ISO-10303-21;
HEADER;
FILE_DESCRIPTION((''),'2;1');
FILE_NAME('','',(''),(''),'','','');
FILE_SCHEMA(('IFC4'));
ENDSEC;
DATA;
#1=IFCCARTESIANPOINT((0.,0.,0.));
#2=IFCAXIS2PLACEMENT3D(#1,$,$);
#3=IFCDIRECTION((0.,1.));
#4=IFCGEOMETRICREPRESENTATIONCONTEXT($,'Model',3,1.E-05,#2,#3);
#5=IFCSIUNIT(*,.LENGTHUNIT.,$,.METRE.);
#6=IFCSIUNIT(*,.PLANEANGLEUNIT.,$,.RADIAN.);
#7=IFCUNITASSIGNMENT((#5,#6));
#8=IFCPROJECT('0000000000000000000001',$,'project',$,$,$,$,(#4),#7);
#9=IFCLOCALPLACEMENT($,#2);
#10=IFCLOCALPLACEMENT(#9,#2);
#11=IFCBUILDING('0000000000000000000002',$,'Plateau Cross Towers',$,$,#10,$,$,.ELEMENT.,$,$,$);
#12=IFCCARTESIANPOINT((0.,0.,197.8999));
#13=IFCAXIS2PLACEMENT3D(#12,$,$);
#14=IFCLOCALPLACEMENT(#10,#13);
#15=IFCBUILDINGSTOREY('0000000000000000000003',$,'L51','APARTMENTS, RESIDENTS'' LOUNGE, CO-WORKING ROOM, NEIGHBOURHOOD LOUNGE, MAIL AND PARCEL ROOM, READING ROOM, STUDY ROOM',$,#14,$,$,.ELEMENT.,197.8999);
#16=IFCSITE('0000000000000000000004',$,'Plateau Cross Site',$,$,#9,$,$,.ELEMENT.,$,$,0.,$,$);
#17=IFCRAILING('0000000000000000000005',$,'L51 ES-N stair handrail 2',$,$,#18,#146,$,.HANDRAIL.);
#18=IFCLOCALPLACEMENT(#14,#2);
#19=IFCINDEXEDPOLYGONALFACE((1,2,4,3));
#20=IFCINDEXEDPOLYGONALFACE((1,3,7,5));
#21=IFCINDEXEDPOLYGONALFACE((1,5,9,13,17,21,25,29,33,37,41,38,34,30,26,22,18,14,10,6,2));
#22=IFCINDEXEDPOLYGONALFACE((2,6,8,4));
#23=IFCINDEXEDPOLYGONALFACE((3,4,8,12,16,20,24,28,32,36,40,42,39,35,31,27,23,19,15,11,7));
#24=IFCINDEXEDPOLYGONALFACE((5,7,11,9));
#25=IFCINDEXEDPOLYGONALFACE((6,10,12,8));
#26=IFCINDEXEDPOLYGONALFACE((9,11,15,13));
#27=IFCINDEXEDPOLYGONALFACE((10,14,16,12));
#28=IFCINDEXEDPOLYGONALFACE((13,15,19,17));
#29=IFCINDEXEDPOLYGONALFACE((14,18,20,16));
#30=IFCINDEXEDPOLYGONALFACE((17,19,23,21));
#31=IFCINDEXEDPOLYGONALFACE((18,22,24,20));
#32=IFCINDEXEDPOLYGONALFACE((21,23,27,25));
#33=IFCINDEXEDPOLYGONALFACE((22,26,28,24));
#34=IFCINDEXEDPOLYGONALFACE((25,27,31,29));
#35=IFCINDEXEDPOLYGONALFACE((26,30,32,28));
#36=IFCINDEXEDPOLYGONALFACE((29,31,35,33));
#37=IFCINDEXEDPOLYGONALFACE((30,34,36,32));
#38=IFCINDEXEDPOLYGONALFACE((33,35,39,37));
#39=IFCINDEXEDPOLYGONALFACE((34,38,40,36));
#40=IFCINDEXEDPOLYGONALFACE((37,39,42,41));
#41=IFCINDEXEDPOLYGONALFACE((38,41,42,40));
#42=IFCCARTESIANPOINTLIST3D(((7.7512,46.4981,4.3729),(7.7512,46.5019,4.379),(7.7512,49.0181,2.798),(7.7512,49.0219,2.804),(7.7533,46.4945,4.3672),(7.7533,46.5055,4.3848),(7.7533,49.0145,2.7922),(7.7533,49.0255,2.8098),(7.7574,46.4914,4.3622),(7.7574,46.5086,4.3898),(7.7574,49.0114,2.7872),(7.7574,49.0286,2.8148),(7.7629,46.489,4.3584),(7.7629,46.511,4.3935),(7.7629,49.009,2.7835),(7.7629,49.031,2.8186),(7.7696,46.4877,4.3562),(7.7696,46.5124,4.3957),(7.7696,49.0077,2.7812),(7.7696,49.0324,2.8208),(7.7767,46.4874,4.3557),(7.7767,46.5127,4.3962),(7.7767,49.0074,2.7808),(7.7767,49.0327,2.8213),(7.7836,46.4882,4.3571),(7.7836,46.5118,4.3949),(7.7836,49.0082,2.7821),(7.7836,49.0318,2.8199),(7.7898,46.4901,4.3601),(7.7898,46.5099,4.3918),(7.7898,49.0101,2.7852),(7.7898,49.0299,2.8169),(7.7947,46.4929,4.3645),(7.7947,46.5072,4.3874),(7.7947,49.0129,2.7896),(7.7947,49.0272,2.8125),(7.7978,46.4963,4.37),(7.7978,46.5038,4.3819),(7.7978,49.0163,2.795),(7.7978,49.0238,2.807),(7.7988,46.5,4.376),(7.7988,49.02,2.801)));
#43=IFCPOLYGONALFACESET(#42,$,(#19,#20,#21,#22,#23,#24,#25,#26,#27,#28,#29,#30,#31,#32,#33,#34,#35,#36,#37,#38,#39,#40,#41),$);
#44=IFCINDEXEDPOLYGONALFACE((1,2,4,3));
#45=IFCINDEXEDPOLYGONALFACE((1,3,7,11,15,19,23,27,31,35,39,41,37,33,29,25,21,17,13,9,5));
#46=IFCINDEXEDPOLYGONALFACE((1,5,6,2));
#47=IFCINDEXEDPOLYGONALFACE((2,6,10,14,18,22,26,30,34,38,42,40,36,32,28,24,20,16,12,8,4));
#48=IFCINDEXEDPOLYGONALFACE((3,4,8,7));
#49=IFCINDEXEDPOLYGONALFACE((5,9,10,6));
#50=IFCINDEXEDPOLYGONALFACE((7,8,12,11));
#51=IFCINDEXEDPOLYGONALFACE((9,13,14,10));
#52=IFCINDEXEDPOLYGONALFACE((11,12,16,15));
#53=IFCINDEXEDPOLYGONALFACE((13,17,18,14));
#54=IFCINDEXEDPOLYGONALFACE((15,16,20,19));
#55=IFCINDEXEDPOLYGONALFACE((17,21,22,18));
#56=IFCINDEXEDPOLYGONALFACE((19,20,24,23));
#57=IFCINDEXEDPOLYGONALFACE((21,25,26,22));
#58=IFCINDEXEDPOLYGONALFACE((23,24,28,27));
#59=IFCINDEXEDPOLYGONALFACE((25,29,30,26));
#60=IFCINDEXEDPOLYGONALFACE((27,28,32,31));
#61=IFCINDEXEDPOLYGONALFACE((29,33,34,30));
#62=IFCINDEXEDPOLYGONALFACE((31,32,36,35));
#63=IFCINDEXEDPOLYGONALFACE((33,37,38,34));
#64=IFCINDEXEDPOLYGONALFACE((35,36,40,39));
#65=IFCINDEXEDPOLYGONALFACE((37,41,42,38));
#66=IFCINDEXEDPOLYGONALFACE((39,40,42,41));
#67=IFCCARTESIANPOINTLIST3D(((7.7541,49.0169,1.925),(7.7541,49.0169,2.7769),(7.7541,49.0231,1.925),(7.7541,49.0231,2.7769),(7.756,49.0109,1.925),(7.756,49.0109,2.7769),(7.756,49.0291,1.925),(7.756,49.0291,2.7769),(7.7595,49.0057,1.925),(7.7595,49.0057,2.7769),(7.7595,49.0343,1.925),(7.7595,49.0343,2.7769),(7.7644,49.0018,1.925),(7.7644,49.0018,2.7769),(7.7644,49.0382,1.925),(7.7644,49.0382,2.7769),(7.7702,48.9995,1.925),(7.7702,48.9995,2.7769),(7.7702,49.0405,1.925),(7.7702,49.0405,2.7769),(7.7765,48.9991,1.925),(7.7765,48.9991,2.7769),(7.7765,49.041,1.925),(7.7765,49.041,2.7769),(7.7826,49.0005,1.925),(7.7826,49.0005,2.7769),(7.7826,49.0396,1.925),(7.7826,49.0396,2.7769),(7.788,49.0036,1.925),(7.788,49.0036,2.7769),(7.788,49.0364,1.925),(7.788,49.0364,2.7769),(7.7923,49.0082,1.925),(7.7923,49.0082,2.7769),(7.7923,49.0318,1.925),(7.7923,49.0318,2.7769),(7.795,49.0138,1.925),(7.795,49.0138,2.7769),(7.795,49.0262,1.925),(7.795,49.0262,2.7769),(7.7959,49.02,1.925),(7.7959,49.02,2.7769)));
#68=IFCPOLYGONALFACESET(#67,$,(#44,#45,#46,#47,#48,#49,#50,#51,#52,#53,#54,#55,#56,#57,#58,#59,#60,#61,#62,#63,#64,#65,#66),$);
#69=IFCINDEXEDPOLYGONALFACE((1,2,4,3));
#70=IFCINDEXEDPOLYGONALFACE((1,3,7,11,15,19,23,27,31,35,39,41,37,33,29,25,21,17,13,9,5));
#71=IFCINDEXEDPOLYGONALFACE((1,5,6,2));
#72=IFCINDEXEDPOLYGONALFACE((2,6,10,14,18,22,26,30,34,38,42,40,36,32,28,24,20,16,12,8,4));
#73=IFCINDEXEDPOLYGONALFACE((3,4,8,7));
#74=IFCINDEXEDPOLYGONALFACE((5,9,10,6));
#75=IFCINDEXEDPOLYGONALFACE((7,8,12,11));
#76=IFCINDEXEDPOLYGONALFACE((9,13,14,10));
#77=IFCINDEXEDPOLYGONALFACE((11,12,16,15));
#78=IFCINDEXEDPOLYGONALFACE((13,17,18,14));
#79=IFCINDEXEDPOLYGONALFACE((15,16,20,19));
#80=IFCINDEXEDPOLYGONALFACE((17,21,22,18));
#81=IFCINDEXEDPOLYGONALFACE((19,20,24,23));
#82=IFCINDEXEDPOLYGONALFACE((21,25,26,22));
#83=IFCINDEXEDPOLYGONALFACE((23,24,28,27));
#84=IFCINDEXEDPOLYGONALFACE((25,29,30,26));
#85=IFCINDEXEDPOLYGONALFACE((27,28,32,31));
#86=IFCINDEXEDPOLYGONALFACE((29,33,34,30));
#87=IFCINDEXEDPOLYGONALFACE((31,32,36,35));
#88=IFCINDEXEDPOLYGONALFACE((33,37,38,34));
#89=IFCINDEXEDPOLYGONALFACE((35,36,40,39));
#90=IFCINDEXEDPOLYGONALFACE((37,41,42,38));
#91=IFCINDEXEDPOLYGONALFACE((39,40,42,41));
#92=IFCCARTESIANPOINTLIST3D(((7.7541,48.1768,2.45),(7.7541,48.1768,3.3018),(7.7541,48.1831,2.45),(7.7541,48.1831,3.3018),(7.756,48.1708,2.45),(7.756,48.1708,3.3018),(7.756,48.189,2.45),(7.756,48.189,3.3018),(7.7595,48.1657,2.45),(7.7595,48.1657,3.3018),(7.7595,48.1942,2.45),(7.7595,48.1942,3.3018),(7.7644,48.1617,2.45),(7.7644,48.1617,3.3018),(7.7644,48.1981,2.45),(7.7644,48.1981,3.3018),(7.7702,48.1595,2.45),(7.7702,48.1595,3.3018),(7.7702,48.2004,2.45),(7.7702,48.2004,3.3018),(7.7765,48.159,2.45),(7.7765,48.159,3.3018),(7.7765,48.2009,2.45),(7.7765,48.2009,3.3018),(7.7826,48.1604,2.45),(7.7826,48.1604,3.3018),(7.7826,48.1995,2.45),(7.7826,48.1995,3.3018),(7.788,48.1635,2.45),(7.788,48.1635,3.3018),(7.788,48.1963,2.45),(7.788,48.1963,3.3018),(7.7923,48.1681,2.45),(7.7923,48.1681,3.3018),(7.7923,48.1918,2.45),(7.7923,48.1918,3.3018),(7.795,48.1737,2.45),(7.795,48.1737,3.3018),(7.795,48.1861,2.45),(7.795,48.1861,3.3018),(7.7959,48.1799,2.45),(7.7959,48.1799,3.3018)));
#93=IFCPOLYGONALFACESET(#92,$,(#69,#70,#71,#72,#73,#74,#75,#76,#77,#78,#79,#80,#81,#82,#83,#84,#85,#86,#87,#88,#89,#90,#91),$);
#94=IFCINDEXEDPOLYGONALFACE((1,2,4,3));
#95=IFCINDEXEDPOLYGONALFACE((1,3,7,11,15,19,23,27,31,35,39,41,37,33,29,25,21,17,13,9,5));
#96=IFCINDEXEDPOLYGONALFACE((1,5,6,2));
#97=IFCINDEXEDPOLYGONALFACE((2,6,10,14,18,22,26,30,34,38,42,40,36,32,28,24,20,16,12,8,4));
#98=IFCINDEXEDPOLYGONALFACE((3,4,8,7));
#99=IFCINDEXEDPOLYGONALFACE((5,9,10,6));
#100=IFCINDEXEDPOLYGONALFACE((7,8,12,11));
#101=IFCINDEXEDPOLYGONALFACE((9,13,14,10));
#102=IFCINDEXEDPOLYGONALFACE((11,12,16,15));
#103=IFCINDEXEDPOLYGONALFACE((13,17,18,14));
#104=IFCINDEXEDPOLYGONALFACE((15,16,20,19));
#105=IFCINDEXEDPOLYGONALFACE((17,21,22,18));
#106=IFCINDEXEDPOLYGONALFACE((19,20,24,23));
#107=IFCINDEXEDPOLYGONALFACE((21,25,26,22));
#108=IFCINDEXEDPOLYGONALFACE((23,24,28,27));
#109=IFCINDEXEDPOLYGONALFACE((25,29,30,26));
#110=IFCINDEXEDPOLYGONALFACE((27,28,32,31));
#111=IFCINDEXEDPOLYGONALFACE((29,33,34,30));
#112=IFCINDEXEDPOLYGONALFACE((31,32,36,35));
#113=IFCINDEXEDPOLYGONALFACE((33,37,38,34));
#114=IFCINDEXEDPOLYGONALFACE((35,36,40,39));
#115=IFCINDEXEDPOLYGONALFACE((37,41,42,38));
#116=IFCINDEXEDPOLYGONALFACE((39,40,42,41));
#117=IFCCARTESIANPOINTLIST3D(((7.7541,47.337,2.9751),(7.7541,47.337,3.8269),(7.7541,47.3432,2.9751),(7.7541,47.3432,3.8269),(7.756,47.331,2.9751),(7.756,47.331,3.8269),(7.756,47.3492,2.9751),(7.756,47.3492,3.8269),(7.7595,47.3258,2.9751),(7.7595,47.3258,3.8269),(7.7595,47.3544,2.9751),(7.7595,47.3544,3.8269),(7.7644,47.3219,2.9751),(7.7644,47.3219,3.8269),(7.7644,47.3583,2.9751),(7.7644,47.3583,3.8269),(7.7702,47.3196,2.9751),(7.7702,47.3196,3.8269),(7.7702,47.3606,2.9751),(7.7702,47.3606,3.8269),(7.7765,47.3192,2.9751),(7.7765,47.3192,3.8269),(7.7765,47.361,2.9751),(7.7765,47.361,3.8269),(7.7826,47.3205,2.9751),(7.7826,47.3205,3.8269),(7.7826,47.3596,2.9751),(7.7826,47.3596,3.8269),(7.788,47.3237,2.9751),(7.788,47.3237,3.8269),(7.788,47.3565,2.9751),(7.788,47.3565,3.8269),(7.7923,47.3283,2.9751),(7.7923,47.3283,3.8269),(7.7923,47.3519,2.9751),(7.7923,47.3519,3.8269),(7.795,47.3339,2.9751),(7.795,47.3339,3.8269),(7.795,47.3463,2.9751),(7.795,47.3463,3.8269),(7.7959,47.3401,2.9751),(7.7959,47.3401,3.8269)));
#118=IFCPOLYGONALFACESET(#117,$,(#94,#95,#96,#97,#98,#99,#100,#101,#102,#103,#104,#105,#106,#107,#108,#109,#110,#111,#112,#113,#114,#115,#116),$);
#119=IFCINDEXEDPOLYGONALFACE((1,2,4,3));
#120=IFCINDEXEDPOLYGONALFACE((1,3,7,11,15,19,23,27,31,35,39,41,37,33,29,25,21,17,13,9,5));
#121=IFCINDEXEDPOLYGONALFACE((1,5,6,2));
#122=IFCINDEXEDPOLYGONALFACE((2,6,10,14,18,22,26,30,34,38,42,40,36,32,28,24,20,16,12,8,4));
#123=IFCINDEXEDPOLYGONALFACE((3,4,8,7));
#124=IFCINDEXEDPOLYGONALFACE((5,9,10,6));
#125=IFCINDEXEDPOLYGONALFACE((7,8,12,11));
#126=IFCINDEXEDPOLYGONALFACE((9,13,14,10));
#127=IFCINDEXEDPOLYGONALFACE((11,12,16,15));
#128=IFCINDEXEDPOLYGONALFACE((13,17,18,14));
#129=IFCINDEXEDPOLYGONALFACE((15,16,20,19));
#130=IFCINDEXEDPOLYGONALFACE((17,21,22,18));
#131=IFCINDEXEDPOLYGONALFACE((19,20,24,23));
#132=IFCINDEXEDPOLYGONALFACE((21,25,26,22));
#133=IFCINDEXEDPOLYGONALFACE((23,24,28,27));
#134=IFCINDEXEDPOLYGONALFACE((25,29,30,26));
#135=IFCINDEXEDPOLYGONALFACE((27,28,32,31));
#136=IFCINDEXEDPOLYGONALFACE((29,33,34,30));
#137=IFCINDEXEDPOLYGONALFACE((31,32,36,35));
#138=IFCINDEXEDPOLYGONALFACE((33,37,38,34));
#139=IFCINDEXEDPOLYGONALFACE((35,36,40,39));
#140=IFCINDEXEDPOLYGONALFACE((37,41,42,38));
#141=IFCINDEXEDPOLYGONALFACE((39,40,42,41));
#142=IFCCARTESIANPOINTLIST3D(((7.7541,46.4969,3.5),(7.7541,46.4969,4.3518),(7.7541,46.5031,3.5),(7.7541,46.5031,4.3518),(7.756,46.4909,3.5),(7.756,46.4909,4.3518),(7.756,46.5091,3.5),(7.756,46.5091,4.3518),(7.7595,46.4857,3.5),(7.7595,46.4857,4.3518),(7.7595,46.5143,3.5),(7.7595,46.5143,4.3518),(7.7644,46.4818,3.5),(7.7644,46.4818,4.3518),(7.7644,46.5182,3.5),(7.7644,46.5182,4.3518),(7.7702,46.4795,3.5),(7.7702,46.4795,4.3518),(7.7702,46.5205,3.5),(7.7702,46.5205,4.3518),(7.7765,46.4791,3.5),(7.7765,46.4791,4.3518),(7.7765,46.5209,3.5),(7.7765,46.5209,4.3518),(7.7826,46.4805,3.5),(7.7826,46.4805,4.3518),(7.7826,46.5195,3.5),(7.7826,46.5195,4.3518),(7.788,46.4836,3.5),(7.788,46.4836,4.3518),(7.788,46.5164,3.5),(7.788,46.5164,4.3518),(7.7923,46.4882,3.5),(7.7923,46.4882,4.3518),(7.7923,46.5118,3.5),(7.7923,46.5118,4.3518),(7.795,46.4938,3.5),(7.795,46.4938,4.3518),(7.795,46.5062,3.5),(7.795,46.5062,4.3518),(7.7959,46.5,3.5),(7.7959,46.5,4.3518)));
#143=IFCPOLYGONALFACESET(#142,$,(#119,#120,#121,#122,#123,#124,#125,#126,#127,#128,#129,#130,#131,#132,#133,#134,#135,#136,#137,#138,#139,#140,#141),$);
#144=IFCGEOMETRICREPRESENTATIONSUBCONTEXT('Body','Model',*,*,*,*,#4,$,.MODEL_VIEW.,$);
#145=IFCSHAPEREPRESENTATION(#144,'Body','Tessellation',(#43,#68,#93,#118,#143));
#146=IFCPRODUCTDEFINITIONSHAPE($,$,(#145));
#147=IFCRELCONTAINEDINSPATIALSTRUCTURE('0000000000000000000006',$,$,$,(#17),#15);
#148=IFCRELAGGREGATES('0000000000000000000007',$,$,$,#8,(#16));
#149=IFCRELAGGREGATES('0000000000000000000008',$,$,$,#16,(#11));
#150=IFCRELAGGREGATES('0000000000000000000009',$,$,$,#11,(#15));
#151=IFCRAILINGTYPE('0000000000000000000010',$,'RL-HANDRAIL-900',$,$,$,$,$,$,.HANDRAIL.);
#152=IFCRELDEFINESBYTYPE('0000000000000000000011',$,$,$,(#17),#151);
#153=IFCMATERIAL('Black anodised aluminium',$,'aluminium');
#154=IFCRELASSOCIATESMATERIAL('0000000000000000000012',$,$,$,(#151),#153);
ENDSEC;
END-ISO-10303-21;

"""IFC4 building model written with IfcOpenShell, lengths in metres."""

from ifc_helpers import new_model, si_unit, direction, frame, origin, origin_2d, place, context, subcontext, project, spatial, circle, extrude, material, type_object, element, save


model = new_model("IFC4")

# Units and contexts
model_context = context("Model", 3, precision=1e-05, world=origin(), true_north=direction((0.0, 1.0)))
body_context = subcontext(model_context, "Body", "Model", "MODEL_VIEW")
ifc_project = project(units=[si_unit("LENGTHUNIT", "METRE"), si_unit("PLANEANGLEUNIT", "RADIAN")], contexts=[model_context])

# Site, building, storey
site_placement = place(None, origin())
site = spatial("IfcSite", under=ifc_project, at=site_placement, Name="Plateau Cross Site", CompositionType="ELEMENT", RefElevation=0.0)
building_placement = place(site_placement, origin())
building = spatial("IfcBuilding", under=site, at=building_placement, Name="Plateau Cross Towers", CompositionType="ELEMENT")
storey_placement = place(building_placement, frame((0.0, 0.0, 197.8999)))
storey = spatial("IfcBuildingStorey", under=building, at=storey_placement, Name="L51", Description="APARTMENTS, RESIDENTS' LOUNGE, CO-WORKING ROOM, NEIGHBOURHOOD LOUNGE, MAIL AND PARCEL ROOM, READING ROOM, STUDY ROOM", CompositionType="ELEMENT", Elevation=197.8999)

# Shared definitions
ifc_material_1 = material(Name="Black anodised aluminium", Category="aluminium")

# Railing
railing_type_1 = type_object("IfcRailingType", Name="RL-HANDRAIL-900", PredefinedType="HANDRAIL", material=ifc_material_1)
railing_1_placement = place(storey_placement, frame((7.7749, 49.02, 1.925)))
element("IfcRailing", 1, at=railing_1_placement, inside=storey, type_object=railing_type_1, Name="L51 ES-N stair handrail 2", PredefinedType="HANDRAIL", context=body_context, shape_type="SweptSolid", body=[
    extrude(circle(Radius=0.0239, at=origin_2d()), frame((0.0, 0.0, 0.876), z_axis=(0.0, -0.848008, 0.529984), x_axis=(1.0, 0.0, 0.0)), (0.0, 0.0, 1.0), 2.9717),
    extrude(circle(Radius=0.021, at=origin_2d()), origin(), (0.0, 0.0, 1.0), 0.8518),
    extrude(circle(Radius=0.021, at=origin_2d()), frame((0.0, -0.8401, 0.5249)), (0.0, 0.0, 1.0), 0.8518),
    extrude(circle(Radius=0.021, at=origin_2d()), frame((0.0, -1.6799, 1.05)), (0.0, 0.0, 1.0), 0.8518),
    extrude(circle(Radius=0.021, at=origin_2d()), frame((0.0, -2.52, 1.575)), (0.0, 0.0, 1.0), 0.8518),
])

save(model, "model.ifc")
